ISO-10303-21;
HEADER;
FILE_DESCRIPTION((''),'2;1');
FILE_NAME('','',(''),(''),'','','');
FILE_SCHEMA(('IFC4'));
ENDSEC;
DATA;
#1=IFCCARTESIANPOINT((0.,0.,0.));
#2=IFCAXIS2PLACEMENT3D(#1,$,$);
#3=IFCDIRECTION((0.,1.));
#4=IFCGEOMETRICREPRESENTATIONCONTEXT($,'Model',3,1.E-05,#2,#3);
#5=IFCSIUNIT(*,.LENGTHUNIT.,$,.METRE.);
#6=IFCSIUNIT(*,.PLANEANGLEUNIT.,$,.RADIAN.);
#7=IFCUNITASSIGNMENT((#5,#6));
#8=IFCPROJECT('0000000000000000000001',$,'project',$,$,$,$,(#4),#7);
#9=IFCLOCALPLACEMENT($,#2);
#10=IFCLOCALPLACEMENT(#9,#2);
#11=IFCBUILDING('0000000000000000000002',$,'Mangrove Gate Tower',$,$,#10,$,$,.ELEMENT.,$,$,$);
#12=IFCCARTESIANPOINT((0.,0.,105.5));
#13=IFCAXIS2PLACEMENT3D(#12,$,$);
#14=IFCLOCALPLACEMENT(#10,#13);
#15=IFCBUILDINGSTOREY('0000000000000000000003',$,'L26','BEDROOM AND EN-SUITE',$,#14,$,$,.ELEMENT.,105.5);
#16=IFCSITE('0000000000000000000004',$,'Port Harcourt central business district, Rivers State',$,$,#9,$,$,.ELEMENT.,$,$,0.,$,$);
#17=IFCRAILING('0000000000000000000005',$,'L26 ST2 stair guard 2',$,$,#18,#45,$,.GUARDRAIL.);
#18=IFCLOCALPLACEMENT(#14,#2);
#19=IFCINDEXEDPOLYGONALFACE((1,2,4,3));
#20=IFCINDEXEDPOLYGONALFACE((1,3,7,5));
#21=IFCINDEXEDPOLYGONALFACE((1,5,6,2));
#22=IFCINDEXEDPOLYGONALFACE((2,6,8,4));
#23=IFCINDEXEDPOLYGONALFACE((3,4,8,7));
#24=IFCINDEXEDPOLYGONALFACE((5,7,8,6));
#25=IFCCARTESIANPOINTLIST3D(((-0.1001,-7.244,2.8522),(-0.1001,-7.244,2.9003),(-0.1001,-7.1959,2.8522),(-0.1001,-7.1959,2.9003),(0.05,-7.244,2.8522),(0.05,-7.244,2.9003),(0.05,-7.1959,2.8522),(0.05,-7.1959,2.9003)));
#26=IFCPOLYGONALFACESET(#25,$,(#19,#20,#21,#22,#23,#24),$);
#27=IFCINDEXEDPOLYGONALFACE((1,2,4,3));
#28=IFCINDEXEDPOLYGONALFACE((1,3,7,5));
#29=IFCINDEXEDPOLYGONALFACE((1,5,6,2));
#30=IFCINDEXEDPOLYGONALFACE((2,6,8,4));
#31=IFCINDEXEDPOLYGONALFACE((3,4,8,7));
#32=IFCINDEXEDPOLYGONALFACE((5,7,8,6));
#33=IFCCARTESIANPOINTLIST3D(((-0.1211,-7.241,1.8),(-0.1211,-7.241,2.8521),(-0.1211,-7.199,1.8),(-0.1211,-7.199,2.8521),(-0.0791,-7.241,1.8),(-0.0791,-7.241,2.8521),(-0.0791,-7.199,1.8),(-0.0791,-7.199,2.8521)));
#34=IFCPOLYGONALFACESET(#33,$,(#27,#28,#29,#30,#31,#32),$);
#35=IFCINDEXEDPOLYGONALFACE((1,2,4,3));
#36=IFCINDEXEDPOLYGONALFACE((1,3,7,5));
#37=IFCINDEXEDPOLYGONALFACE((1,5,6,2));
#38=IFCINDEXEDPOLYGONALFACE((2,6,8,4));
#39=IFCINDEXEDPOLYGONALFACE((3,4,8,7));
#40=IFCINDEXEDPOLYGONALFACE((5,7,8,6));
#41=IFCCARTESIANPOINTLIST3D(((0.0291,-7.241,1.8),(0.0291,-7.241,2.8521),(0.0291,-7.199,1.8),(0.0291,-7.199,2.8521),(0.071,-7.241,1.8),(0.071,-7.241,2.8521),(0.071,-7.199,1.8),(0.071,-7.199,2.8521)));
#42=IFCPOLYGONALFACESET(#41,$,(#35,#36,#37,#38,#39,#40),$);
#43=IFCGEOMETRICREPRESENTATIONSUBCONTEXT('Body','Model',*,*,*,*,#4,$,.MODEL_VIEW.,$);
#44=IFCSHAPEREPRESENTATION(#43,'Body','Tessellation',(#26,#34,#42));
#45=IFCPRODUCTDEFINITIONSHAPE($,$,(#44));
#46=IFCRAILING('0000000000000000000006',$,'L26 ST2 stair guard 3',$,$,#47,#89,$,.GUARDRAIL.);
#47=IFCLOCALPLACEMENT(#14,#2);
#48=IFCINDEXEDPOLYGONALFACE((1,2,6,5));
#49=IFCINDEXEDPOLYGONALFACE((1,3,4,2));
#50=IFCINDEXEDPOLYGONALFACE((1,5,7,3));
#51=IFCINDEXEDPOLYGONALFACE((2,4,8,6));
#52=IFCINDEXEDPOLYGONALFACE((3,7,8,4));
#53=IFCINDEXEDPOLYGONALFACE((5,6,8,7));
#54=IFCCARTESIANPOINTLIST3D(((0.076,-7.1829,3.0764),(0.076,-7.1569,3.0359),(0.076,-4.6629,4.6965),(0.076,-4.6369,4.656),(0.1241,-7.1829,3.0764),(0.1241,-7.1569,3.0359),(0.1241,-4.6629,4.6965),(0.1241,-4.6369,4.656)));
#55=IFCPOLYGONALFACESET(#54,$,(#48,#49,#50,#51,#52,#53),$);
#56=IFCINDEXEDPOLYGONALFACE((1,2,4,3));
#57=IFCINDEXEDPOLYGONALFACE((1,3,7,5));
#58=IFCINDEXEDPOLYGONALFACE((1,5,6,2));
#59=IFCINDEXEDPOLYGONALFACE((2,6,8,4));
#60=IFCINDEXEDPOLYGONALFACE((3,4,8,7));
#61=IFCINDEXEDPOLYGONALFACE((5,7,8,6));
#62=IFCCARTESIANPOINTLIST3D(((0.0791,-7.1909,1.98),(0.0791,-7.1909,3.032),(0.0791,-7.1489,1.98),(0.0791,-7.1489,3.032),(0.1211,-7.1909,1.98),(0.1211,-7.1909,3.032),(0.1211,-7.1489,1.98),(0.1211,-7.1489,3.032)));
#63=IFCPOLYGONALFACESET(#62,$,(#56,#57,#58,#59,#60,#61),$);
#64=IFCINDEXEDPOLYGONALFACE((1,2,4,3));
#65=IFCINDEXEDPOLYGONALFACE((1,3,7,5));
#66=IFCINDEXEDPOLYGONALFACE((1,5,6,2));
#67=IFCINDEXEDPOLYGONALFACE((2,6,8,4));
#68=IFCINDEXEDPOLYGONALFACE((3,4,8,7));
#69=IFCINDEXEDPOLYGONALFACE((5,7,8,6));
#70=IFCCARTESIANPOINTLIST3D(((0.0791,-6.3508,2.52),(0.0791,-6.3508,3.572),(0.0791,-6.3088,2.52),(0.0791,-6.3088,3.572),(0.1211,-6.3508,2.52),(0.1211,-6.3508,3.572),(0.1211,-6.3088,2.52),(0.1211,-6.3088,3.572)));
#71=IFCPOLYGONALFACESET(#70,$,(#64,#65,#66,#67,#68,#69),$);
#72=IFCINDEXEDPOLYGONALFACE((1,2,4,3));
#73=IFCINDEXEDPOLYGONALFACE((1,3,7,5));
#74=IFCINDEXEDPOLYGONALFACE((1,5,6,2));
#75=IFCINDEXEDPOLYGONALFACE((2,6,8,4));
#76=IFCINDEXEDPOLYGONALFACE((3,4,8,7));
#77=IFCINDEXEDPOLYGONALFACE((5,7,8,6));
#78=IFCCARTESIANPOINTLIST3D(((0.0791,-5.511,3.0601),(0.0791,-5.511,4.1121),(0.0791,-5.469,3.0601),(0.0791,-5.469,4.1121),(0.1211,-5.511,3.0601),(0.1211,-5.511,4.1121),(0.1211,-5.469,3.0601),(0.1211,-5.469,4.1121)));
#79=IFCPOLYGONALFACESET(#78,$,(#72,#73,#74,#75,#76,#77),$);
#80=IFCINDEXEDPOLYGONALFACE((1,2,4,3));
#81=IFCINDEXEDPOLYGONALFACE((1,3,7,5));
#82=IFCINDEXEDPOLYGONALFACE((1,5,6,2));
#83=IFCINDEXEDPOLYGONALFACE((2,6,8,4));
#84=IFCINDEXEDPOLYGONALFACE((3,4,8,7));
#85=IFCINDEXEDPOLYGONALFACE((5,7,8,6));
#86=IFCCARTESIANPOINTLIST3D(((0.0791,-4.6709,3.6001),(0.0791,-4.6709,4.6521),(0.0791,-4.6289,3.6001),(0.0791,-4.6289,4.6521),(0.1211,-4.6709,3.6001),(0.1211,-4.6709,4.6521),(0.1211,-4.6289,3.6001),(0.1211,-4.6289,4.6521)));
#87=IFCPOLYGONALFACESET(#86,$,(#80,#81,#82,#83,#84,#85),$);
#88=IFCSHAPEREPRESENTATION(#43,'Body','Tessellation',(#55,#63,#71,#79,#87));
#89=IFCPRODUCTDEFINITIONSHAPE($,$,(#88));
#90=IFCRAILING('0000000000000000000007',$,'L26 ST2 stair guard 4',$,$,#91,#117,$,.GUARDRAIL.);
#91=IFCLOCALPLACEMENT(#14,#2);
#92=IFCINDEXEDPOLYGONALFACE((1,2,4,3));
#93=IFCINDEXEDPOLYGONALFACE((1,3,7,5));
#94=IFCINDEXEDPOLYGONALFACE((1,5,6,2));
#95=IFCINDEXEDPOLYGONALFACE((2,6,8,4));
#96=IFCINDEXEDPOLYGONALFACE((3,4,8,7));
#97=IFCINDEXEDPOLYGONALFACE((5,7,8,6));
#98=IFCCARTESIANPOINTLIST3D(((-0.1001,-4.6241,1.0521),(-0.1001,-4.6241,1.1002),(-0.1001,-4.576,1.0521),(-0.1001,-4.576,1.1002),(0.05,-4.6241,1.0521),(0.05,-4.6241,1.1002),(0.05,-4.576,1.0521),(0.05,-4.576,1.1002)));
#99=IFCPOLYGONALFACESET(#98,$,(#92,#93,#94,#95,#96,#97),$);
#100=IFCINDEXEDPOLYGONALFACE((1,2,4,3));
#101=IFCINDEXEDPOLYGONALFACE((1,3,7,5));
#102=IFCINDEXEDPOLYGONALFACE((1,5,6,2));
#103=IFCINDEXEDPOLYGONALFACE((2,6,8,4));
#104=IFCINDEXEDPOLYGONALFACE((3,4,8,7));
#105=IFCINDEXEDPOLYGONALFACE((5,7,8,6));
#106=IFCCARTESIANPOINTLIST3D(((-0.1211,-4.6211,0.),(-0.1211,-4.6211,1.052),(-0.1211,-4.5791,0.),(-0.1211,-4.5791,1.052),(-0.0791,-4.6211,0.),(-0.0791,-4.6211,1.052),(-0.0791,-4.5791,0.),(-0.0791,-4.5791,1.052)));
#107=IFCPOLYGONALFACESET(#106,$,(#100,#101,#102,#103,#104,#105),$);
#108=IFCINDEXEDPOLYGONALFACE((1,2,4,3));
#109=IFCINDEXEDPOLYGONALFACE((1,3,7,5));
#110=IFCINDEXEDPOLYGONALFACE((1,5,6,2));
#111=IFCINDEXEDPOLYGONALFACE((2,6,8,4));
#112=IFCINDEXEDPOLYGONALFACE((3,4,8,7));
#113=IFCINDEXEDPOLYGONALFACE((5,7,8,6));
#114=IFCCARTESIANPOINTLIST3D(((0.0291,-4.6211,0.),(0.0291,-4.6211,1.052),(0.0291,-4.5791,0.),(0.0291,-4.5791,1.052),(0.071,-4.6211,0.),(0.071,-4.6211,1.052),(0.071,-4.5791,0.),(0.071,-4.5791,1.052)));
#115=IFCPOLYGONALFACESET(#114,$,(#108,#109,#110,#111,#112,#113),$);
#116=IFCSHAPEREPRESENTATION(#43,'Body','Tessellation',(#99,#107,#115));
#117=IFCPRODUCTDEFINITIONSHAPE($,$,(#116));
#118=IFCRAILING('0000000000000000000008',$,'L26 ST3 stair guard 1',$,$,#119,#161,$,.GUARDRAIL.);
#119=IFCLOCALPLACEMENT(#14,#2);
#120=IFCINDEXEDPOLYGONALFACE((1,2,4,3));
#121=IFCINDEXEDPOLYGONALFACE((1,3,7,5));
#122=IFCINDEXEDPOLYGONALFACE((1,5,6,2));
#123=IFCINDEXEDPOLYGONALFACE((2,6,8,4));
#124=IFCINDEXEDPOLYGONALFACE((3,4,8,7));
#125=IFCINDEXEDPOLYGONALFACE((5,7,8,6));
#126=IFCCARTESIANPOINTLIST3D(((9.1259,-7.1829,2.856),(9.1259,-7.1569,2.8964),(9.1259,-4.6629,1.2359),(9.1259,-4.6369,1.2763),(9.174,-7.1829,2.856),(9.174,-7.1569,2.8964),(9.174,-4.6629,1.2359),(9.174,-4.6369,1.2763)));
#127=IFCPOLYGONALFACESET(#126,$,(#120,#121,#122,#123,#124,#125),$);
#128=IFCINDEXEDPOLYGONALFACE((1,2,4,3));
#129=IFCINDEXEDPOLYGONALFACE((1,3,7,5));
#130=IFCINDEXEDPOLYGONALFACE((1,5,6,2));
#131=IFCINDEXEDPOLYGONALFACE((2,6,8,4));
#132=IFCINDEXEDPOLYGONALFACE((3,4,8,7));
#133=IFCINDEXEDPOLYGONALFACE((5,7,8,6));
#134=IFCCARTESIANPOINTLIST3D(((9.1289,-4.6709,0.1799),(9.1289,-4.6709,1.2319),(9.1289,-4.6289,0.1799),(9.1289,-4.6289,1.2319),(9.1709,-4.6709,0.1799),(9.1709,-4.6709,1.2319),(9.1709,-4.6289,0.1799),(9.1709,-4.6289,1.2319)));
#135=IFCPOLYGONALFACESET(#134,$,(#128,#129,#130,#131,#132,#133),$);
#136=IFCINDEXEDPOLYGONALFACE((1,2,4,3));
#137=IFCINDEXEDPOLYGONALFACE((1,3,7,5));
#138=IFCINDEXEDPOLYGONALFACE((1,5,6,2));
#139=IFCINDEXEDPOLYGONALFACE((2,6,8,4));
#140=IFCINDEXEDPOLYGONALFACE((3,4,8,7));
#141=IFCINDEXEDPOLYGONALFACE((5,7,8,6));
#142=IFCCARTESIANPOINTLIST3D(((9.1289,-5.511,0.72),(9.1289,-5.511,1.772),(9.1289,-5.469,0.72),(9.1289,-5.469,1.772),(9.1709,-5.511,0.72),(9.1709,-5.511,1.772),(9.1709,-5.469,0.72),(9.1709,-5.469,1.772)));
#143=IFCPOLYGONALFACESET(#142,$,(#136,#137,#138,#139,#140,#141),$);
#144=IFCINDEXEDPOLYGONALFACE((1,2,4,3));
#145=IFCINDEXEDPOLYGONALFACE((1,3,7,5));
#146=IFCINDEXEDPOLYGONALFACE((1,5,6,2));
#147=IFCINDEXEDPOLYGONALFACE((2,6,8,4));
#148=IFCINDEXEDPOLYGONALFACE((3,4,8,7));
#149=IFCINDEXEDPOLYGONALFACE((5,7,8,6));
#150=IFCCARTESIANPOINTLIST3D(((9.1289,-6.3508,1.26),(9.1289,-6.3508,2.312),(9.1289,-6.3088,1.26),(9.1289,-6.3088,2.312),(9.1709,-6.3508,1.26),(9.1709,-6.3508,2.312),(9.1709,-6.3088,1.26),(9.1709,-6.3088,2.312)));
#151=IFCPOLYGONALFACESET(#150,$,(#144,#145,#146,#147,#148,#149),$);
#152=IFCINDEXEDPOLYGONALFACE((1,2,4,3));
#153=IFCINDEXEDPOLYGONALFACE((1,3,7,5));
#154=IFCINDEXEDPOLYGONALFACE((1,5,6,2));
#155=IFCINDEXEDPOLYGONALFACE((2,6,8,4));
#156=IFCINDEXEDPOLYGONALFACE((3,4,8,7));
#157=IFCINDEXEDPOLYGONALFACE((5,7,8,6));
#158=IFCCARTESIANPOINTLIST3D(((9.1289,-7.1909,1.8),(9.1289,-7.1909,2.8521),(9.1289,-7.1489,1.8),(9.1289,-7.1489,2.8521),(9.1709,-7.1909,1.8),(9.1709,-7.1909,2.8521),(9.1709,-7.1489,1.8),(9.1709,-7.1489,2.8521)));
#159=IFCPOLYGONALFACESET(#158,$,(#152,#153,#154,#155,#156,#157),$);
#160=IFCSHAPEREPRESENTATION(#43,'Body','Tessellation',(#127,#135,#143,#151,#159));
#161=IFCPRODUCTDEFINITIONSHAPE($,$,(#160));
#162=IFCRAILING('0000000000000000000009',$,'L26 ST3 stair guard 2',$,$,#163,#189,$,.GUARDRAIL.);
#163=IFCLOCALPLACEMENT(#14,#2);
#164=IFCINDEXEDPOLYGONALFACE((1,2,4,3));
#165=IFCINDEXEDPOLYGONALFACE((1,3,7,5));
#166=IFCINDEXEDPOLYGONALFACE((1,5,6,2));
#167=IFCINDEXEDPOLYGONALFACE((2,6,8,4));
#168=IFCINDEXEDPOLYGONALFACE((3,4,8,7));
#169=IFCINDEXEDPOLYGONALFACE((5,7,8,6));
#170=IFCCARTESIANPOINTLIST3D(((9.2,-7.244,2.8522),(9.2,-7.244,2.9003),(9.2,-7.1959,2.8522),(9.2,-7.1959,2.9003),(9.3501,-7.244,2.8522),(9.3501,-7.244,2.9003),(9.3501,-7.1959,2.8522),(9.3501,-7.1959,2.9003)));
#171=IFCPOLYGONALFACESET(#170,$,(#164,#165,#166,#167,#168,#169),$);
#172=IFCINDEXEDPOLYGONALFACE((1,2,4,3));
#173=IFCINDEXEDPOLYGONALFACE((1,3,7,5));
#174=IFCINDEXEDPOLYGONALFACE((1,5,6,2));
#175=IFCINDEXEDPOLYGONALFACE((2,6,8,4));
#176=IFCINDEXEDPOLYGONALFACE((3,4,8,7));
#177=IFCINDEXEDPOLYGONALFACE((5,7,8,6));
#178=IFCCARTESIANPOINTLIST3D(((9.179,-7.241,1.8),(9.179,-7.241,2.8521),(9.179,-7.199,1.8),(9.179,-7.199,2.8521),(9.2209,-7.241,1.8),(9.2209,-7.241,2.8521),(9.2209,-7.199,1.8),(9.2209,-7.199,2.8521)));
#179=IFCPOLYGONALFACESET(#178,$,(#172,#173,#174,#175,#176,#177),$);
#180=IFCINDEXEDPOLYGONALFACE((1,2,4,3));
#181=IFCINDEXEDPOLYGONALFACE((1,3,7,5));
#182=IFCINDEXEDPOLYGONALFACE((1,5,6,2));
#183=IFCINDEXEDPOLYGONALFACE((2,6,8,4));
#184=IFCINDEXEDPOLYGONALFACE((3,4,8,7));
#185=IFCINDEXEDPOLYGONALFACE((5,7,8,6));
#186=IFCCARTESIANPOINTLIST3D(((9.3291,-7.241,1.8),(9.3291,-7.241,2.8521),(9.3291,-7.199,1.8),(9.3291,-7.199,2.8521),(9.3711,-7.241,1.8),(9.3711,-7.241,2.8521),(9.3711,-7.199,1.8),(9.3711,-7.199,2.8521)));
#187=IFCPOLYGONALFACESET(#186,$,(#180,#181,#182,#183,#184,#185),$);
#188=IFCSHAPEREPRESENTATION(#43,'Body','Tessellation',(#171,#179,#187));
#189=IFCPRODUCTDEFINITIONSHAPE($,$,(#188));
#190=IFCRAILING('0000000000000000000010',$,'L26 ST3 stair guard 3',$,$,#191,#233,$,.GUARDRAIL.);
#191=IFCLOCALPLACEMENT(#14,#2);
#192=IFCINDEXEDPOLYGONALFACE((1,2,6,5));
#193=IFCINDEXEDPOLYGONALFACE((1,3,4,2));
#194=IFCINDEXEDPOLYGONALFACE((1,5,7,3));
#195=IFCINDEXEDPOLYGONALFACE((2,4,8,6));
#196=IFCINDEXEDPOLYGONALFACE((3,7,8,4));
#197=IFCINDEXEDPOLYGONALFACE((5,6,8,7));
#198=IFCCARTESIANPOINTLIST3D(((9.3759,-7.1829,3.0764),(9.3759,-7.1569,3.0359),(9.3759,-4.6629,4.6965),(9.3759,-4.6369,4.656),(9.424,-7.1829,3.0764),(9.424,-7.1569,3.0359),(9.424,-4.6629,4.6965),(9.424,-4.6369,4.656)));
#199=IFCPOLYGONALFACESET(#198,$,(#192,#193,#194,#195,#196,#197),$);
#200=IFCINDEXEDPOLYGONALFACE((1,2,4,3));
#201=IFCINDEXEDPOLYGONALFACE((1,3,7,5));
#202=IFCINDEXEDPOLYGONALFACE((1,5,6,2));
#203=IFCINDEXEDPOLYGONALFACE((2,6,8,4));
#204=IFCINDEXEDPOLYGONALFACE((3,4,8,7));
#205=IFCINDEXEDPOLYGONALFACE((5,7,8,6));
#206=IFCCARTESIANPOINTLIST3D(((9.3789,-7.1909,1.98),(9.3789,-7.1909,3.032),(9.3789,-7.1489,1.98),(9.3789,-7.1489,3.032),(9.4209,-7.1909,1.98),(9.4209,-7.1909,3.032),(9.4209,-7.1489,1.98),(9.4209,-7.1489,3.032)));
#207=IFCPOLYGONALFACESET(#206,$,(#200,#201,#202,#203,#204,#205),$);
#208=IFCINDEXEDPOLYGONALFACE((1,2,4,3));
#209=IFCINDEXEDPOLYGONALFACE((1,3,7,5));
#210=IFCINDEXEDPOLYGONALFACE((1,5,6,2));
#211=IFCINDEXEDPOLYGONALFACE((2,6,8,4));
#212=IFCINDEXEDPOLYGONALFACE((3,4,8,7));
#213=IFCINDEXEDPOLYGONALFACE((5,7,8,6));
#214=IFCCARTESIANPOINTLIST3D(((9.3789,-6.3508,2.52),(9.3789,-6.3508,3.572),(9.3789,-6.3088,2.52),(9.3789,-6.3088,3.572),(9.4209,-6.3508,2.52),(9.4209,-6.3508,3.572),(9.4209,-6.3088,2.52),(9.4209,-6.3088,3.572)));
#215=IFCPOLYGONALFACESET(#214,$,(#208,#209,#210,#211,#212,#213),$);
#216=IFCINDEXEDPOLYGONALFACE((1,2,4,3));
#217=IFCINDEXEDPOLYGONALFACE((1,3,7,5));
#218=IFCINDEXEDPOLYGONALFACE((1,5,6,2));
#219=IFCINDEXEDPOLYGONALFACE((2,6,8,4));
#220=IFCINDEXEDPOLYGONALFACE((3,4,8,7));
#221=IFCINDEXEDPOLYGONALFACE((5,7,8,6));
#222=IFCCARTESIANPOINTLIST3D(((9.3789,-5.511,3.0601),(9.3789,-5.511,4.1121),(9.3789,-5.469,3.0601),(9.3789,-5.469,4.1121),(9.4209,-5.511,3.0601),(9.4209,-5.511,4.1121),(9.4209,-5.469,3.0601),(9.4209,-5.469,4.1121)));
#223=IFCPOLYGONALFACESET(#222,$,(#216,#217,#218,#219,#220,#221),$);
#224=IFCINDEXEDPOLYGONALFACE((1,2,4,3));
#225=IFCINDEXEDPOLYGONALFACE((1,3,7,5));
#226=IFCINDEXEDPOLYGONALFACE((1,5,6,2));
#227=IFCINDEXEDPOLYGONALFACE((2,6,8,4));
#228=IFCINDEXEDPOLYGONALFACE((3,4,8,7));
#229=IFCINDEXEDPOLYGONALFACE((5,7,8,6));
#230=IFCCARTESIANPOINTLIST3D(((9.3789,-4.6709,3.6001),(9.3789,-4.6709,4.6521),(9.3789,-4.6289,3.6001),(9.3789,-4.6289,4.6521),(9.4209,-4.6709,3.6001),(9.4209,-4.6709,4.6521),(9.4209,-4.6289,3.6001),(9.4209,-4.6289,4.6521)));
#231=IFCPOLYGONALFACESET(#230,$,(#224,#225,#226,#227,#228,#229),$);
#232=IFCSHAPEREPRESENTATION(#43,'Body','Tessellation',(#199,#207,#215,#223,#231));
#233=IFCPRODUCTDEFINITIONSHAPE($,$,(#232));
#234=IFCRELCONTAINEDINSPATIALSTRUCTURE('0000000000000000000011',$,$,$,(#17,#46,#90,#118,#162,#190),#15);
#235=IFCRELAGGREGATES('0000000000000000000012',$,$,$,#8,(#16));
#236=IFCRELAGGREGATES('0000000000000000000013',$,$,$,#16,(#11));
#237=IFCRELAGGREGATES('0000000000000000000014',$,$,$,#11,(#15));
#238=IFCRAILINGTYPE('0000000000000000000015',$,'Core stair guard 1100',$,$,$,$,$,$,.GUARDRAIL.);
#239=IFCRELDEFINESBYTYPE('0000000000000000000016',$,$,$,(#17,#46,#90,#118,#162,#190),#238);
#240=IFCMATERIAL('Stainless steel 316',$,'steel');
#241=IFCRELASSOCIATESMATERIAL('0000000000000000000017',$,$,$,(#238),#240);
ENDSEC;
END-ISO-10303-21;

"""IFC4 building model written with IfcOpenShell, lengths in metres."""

from ifc_helpers import new_model, si_unit, direction, frame, origin, origin_2d, place, context, subcontext, project, spatial, rectangle, extrude, material, type_object, element, save


model = new_model("IFC4")

# Units and contexts
model_context = context("Model", 3, precision=1e-05, world=origin(), true_north=direction((0.0, 1.0)))
body_context = subcontext(model_context, "Body", "Model", "MODEL_VIEW")
ifc_project = project(units=[si_unit("LENGTHUNIT", "METRE"), si_unit("PLANEANGLEUNIT", "RADIAN")], contexts=[model_context])

# Site, building, storey
site_placement = place(None, origin())
site = spatial("IfcSite", under=ifc_project, at=site_placement, Name="Port Harcourt central business district, Rivers State", CompositionType="ELEMENT", RefElevation=0.0)
building_placement = place(site_placement, origin())
building = spatial("IfcBuilding", under=site, at=building_placement, Name="Mangrove Gate Tower", CompositionType="ELEMENT")
storey_placement = place(building_placement, frame((0.0, 0.0, 105.5)))
storey = spatial("IfcBuildingStorey", under=building, at=storey_placement, Name="L26", Description="BEDROOM AND EN-SUITE", CompositionType="ELEMENT", Elevation=105.5)

# Railings
ifc_material_1 = material(Name="Stainless steel 316", Category="steel")
railing_type_1 = type_object("IfcRailingType", Name="Core stair guard 1100", PredefinedType="GUARDRAIL", material=ifc_material_1)
railing_1_placement = place(storey_placement, frame((-0.1001, -7.22, 1.8)))
element("IfcRailing", 1, at=railing_1_placement, inside=storey, type_object=railing_type_1, Name="L26 ST2 stair guard 2", PredefinedType="GUARDRAIL", context=body_context, shape_type="SweptSolid", body=[
    extrude(rectangle(XDim=0.0481, YDim=0.0481, at=origin_2d()), frame((0.0, 0.0, 1.0762), z_axis=(1.0, 0.0, 0.0), x_axis=(0.0, 1.0, 0.0)), (0.0, 0.0, 1.0), 0.1501),
    extrude(rectangle(XDim=0.042, YDim=0.042, at=origin_2d()), origin(), (0.0, 0.0, 1.0), 1.052),
    extrude(rectangle(XDim=0.042, YDim=0.042, at=origin_2d()), frame((0.1501, 0.0, 0.0)), (0.0, 0.0, 1.0), 1.052),
])
railing_2_placement = place(storey_placement, frame((0.1001, -7.1699, 1.98)))
element("IfcRailing", 2, at=railing_2_placement, inside=storey, type_object=railing_type_1, Name="L26 ST2 stair guard 3", PredefinedType="GUARDRAIL", context=body_context, shape_type="SweptSolid", body=[
    extrude(rectangle(XDim=0.0481, YDim=0.0481, at=origin_2d()), frame((0.0, 0.0, 1.0762), z_axis=(0.0, 0.841163, 0.540782), x_axis=(-1.0, 0.0, 0.0)), (0.0, 0.0, 1.0), 2.9958),
    extrude(rectangle(XDim=0.042, YDim=0.042, at=origin_2d()), origin(), (0.0, 0.0, 1.0), 1.052),
    extrude(rectangle(XDim=0.042, YDim=0.042, at=origin_2d()), frame((0.0, 0.8401, 0.54)), (0.0, 0.0, 1.0), 1.052),
    extrude(rectangle(XDim=0.042, YDim=0.042, at=origin_2d()), frame((0.0, 1.6799, 1.0801)), (0.0, 0.0, 1.0), 1.052),
    extrude(rectangle(XDim=0.042, YDim=0.042, at=origin_2d()), frame((0.0, 2.52, 1.6201)), (0.0, 0.0, 1.0), 1.052),
])
railing_3_placement = place(storey_placement, frame((-0.1001, -4.6001, 0.0)))
element("IfcRailing", 3, at=railing_3_placement, inside=storey, type_object=railing_type_1, Name="L26 ST2 stair guard 4", PredefinedType="GUARDRAIL", context=body_context, shape_type="SweptSolid", body=[
    extrude(rectangle(XDim=0.0481, YDim=0.0481, at=origin_2d()), frame((0.0, 0.0, 1.0762), z_axis=(1.0, 0.0, 0.0), x_axis=(0.0, 1.0, 0.0)), (0.0, 0.0, 1.0), 0.1501),
    extrude(rectangle(XDim=0.042, YDim=0.042, at=origin_2d()), origin(), (0.0, 0.0, 1.0), 1.052),
    extrude(rectangle(XDim=0.042, YDim=0.042, at=origin_2d()), frame((0.1501, 0.0, 0.0)), (0.0, 0.0, 1.0), 1.052),
])
railing_4_placement = place(storey_placement, frame((9.1499, -4.6499, 0.1799)))
element("IfcRailing", 4, at=railing_4_placement, inside=storey, type_object=railing_type_1, Name="L26 ST3 stair guard 1", PredefinedType="GUARDRAIL", context=body_context, shape_type="SweptSolid", body=[
    extrude(rectangle(XDim=0.0481, YDim=0.0481, at=origin_2d()), frame((0.0, 0.0, 1.0762), z_axis=(0.0, -0.841163, 0.540782), x_axis=(1.0, 0.0, 0.0)), (0.0, 0.0, 1.0), 2.9958),
    extrude(rectangle(XDim=0.042, YDim=0.042, at=origin_2d()), origin(), (0.0, 0.0, 1.0), 1.052),
    extrude(rectangle(XDim=0.042, YDim=0.042, at=origin_2d()), frame((0.0, -0.8401, 0.54)), (0.0, 0.0, 1.0), 1.052),
    extrude(rectangle(XDim=0.042, YDim=0.042, at=origin_2d()), frame((0.0, -1.6799, 1.0801)), (0.0, 0.0, 1.0), 1.052),
    extrude(rectangle(XDim=0.042, YDim=0.042, at=origin_2d()), frame((0.0, -2.52, 1.6201)), (0.0, 0.0, 1.0), 1.052),
])
railing_5_placement = place(storey_placement, frame((9.2, -7.22, 1.8)))
element("IfcRailing", 5, at=railing_5_placement, inside=storey, type_object=railing_type_1, Name="L26 ST3 stair guard 2", PredefinedType="GUARDRAIL", context=body_context, shape_type="SweptSolid", body=[
    extrude(rectangle(XDim=0.0481, YDim=0.0481, at=origin_2d()), frame((0.0, 0.0, 1.0762), z_axis=(1.0, 0.0, 0.0), x_axis=(0.0, 1.0, 0.0)), (0.0, 0.0, 1.0), 0.1501),
    extrude(rectangle(XDim=0.042, YDim=0.042, at=origin_2d()), origin(), (0.0, 0.0, 1.0), 1.052),
    extrude(rectangle(XDim=0.042, YDim=0.042, at=origin_2d()), frame((0.1501, 0.0, 0.0)), (0.0, 0.0, 1.0), 1.052),
])
railing_6_placement = place(storey_placement, frame((9.3999, -7.1699, 1.98)))
element("IfcRailing", 6, at=railing_6_placement, inside=storey, type_object=railing_type_1, Name="L26 ST3 stair guard 3", PredefinedType="GUARDRAIL", context=body_context, shape_type="SweptSolid", body=[
    extrude(rectangle(XDim=0.0481, YDim=0.0481, at=origin_2d()), frame((0.0, 0.0, 1.0762), z_axis=(0.0, 0.841163, 0.540782), x_axis=(-1.0, 0.0, 0.0)), (0.0, 0.0, 1.0), 2.9958),
    extrude(rectangle(XDim=0.042, YDim=0.042, at=origin_2d()), origin(), (0.0, 0.0, 1.0), 1.052),
    extrude(rectangle(XDim=0.042, YDim=0.042, at=origin_2d()), frame((0.0, 0.8401, 0.54)), (0.0, 0.0, 1.0), 1.052),
    extrude(rectangle(XDim=0.042, YDim=0.042, at=origin_2d()), frame((0.0, 1.6799, 1.0801)), (0.0, 0.0, 1.0), 1.052),
    extrude(rectangle(XDim=0.042, YDim=0.042, at=origin_2d()), frame((0.0, 2.52, 1.6201)), (0.0, 0.0, 1.0), 1.052),
])

save(model, "model.ifc")
